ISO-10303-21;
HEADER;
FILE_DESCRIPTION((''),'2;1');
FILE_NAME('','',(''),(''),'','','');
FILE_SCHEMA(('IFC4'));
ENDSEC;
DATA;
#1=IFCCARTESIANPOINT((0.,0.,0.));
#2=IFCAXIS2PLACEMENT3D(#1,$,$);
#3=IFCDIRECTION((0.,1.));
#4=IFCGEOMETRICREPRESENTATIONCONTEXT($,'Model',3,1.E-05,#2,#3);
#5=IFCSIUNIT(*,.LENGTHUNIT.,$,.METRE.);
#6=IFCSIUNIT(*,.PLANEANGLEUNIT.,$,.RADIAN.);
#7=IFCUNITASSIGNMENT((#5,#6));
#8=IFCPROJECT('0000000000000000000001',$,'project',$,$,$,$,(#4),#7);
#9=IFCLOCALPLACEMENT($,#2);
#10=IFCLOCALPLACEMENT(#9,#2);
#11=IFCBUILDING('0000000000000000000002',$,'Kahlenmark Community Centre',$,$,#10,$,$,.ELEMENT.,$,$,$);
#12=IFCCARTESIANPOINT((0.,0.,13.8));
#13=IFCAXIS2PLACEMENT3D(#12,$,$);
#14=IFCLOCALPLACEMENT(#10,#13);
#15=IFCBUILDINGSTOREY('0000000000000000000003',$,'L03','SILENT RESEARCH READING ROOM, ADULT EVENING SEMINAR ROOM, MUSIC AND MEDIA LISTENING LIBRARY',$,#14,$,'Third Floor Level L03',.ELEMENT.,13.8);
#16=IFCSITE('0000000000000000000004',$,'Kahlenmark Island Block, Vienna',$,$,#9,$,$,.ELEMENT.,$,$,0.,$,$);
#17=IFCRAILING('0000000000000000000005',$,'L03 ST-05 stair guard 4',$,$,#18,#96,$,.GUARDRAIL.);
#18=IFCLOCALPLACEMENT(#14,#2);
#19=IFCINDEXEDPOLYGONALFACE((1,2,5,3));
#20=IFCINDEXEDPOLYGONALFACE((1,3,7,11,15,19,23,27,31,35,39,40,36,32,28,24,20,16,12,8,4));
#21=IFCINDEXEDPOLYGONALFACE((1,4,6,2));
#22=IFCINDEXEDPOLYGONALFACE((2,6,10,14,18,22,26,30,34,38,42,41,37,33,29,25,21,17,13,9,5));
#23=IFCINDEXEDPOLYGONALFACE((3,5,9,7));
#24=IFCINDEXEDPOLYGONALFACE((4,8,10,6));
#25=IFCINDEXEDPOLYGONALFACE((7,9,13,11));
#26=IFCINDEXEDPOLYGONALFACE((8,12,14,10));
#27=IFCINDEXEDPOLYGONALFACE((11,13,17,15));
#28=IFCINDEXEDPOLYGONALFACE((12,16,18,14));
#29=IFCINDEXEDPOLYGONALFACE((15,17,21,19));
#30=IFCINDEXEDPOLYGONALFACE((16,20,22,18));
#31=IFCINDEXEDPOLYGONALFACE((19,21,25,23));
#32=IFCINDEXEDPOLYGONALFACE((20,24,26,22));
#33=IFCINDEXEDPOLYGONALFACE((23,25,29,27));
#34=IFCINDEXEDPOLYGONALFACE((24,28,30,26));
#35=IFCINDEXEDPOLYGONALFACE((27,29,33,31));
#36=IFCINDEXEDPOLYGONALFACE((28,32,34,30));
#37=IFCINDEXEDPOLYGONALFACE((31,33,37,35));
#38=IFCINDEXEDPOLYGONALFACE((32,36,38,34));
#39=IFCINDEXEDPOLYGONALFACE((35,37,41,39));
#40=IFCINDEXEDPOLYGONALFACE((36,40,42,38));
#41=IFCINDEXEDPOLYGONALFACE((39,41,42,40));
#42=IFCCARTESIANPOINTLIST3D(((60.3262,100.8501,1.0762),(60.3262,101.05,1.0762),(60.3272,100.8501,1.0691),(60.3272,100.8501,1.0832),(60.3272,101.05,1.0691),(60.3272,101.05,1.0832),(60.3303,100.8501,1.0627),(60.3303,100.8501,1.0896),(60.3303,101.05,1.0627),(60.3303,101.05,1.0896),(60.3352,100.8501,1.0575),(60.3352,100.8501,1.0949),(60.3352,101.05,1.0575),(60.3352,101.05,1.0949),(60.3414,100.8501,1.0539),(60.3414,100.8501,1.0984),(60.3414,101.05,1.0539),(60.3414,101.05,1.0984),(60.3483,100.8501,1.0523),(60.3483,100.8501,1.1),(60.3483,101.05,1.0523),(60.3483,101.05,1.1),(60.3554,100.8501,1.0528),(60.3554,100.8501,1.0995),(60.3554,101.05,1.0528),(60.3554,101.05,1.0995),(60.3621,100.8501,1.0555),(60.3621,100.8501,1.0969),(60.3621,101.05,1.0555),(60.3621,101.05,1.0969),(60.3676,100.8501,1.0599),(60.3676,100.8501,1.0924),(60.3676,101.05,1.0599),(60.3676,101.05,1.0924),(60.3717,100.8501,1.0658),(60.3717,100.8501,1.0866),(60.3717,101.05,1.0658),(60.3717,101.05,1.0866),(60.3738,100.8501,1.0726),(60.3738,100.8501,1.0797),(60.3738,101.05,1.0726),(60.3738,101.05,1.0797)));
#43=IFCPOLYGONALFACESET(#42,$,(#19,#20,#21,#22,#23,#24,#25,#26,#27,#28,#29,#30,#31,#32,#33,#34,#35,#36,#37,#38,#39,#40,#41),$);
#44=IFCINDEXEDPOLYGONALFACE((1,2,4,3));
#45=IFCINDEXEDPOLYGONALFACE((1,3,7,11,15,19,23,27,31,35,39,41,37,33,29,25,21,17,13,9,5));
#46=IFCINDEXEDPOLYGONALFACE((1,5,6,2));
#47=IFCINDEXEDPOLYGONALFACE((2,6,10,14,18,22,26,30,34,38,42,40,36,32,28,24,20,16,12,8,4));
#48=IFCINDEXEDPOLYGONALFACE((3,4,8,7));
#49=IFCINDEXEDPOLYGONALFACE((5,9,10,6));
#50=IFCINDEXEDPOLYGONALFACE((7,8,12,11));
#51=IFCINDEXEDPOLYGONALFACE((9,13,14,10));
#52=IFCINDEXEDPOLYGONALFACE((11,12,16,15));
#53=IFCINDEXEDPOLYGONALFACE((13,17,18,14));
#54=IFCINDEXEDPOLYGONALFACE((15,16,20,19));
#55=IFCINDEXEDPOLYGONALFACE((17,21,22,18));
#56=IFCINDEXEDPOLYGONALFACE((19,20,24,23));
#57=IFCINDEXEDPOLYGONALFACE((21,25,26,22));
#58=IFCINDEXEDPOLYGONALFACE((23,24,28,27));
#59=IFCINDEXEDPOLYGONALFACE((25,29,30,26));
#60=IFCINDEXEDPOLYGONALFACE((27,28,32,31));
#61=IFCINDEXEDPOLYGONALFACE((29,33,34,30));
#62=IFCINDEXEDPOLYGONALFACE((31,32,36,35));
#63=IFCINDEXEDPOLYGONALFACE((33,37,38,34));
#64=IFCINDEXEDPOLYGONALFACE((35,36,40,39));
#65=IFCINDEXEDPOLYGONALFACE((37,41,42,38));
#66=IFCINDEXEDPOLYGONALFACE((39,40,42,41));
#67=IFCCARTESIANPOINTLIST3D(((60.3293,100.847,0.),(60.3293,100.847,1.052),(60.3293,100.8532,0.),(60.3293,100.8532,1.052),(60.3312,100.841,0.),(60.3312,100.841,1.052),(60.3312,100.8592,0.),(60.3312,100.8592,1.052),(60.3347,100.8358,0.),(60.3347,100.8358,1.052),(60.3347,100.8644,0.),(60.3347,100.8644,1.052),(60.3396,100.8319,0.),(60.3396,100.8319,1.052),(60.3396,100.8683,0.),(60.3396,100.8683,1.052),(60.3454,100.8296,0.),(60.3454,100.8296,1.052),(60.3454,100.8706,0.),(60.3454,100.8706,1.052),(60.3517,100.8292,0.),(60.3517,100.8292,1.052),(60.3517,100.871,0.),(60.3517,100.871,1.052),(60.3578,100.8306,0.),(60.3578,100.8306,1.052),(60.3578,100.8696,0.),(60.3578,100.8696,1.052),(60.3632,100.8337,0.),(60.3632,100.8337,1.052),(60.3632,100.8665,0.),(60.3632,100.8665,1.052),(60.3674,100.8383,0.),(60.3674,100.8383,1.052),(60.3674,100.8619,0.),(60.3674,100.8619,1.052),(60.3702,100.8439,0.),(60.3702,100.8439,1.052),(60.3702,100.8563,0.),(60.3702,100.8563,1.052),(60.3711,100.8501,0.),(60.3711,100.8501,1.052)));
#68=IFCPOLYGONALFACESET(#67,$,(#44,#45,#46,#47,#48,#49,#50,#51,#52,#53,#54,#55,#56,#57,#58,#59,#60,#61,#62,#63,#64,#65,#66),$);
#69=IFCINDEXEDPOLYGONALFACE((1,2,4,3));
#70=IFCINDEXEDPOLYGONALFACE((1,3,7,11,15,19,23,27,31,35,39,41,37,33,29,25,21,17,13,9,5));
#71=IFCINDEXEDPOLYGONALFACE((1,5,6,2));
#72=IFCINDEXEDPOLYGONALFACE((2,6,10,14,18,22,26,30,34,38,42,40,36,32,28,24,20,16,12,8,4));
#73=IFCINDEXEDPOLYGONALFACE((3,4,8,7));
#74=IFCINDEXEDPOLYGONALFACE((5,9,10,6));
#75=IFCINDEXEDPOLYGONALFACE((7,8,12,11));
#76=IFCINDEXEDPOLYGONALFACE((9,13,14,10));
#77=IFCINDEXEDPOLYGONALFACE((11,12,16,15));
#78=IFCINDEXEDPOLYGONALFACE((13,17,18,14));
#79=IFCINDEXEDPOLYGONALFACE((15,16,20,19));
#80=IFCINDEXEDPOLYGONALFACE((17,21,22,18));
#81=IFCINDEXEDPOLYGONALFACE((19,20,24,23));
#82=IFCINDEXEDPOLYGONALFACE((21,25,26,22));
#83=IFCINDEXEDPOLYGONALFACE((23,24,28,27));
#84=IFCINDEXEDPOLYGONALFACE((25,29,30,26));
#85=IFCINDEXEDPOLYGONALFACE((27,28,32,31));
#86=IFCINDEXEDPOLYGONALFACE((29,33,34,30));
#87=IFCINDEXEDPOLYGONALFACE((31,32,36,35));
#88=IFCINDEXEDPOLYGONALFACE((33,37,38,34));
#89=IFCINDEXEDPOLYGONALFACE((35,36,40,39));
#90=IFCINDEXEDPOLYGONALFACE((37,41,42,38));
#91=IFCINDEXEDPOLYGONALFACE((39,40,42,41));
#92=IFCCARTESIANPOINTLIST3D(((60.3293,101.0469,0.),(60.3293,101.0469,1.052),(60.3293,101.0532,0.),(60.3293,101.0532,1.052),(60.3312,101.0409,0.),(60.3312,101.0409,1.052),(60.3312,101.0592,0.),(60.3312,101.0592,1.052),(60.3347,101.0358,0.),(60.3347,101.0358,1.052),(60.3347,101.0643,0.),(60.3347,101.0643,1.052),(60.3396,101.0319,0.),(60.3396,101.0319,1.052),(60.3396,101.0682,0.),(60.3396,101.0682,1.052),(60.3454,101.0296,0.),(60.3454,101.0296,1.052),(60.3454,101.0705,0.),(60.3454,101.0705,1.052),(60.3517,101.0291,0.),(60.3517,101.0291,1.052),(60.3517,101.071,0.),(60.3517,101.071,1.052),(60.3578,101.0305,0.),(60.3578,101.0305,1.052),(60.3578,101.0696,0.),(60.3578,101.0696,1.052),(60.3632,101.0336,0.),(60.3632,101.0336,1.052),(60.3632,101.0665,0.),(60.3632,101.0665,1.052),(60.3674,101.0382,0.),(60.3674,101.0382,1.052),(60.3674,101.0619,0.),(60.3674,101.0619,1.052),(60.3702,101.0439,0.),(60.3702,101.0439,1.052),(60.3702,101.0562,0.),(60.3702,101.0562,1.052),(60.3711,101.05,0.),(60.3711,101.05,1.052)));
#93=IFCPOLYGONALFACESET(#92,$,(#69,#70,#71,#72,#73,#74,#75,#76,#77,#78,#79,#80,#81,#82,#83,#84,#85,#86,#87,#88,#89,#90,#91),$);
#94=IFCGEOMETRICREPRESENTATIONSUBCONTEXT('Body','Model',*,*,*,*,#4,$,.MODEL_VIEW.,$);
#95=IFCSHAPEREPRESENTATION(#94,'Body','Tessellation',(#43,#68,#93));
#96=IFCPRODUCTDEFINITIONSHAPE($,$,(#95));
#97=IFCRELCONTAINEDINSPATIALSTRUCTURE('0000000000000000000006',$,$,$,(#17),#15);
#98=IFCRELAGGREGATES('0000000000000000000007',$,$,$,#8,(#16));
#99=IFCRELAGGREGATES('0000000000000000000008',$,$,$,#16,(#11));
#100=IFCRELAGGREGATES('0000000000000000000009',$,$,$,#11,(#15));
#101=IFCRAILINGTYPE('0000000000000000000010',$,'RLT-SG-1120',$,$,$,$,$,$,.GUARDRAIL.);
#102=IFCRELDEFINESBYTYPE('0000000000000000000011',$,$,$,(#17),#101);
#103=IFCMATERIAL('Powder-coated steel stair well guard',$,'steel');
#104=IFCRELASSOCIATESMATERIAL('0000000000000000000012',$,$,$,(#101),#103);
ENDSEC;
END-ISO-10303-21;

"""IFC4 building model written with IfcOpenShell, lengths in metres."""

from ifc_helpers import new_model, si_unit, direction, frame, origin, origin_2d, place, context, subcontext, project, spatial, circle, extrude, material, type_object, element, save


model = new_model("IFC4")

# Units and contexts
model_context = context("Model", 3, precision=1e-05, world=origin(), true_north=direction((0.0, 1.0)))
body_context = subcontext(model_context, "Body", "Model", "MODEL_VIEW")
ifc_project = project(units=[si_unit("LENGTHUNIT", "METRE"), si_unit("PLANEANGLEUNIT", "RADIAN")], contexts=[model_context])

# Site, building, storey
site_placement = place(None, origin())
site = spatial("IfcSite", under=ifc_project, at=site_placement, Name="Kahlenmark Island Block, Vienna", CompositionType="ELEMENT", RefElevation=0.0)
building_placement = place(site_placement, origin())
building = spatial("IfcBuilding", under=site, at=building_placement, Name="Kahlenmark Community Centre", CompositionType="ELEMENT")
storey_placement = place(building_placement, frame((0.0, 0.0, 13.8)))
storey = spatial("IfcBuildingStorey", under=building, at=storey_placement, Name="L03", Description="SILENT RESEARCH READING ROOM, ADULT EVENING SEMINAR ROOM, MUSIC AND MEDIA LISTENING LIBRARY", LongName="Third Floor Level L03", CompositionType="ELEMENT", Elevation=13.8)

# Railing
ifc_material_1 = material(Name="Powder-coated steel stair well guard", Category="steel")
railing_type_1 = type_object("IfcRailingType", Name="RLT-SG-1120", PredefinedType="GUARDRAIL", material=ifc_material_1)
railing_1_placement = place(storey_placement, frame((60.3501, 100.8501, 0.0)))
element("IfcRailing", 1, at=railing_1_placement, inside=storey, type_object=railing_type_1, Name="L03 ST-05 stair guard 4", PredefinedType="GUARDRAIL", context=body_context, shape_type="SweptSolid", body=[
    extrude(circle(Radius=0.0239, at=origin_2d()), frame((0.0, 0.0, 1.0762), z_axis=(0.0, 1.0, 0.0), x_axis=(-1.0, 0.0, 0.0)), (0.0, 0.0, 1.0), 0.2),
    extrude(circle(Radius=0.021, at=origin_2d()), origin(), (0.0, 0.0, 1.0), 1.052),
    extrude(circle(Radius=0.021, at=origin_2d()), frame((0.0, 0.2, 0.0)), (0.0, 0.0, 1.0), 1.052),
])

save(model, "model.ifc")
